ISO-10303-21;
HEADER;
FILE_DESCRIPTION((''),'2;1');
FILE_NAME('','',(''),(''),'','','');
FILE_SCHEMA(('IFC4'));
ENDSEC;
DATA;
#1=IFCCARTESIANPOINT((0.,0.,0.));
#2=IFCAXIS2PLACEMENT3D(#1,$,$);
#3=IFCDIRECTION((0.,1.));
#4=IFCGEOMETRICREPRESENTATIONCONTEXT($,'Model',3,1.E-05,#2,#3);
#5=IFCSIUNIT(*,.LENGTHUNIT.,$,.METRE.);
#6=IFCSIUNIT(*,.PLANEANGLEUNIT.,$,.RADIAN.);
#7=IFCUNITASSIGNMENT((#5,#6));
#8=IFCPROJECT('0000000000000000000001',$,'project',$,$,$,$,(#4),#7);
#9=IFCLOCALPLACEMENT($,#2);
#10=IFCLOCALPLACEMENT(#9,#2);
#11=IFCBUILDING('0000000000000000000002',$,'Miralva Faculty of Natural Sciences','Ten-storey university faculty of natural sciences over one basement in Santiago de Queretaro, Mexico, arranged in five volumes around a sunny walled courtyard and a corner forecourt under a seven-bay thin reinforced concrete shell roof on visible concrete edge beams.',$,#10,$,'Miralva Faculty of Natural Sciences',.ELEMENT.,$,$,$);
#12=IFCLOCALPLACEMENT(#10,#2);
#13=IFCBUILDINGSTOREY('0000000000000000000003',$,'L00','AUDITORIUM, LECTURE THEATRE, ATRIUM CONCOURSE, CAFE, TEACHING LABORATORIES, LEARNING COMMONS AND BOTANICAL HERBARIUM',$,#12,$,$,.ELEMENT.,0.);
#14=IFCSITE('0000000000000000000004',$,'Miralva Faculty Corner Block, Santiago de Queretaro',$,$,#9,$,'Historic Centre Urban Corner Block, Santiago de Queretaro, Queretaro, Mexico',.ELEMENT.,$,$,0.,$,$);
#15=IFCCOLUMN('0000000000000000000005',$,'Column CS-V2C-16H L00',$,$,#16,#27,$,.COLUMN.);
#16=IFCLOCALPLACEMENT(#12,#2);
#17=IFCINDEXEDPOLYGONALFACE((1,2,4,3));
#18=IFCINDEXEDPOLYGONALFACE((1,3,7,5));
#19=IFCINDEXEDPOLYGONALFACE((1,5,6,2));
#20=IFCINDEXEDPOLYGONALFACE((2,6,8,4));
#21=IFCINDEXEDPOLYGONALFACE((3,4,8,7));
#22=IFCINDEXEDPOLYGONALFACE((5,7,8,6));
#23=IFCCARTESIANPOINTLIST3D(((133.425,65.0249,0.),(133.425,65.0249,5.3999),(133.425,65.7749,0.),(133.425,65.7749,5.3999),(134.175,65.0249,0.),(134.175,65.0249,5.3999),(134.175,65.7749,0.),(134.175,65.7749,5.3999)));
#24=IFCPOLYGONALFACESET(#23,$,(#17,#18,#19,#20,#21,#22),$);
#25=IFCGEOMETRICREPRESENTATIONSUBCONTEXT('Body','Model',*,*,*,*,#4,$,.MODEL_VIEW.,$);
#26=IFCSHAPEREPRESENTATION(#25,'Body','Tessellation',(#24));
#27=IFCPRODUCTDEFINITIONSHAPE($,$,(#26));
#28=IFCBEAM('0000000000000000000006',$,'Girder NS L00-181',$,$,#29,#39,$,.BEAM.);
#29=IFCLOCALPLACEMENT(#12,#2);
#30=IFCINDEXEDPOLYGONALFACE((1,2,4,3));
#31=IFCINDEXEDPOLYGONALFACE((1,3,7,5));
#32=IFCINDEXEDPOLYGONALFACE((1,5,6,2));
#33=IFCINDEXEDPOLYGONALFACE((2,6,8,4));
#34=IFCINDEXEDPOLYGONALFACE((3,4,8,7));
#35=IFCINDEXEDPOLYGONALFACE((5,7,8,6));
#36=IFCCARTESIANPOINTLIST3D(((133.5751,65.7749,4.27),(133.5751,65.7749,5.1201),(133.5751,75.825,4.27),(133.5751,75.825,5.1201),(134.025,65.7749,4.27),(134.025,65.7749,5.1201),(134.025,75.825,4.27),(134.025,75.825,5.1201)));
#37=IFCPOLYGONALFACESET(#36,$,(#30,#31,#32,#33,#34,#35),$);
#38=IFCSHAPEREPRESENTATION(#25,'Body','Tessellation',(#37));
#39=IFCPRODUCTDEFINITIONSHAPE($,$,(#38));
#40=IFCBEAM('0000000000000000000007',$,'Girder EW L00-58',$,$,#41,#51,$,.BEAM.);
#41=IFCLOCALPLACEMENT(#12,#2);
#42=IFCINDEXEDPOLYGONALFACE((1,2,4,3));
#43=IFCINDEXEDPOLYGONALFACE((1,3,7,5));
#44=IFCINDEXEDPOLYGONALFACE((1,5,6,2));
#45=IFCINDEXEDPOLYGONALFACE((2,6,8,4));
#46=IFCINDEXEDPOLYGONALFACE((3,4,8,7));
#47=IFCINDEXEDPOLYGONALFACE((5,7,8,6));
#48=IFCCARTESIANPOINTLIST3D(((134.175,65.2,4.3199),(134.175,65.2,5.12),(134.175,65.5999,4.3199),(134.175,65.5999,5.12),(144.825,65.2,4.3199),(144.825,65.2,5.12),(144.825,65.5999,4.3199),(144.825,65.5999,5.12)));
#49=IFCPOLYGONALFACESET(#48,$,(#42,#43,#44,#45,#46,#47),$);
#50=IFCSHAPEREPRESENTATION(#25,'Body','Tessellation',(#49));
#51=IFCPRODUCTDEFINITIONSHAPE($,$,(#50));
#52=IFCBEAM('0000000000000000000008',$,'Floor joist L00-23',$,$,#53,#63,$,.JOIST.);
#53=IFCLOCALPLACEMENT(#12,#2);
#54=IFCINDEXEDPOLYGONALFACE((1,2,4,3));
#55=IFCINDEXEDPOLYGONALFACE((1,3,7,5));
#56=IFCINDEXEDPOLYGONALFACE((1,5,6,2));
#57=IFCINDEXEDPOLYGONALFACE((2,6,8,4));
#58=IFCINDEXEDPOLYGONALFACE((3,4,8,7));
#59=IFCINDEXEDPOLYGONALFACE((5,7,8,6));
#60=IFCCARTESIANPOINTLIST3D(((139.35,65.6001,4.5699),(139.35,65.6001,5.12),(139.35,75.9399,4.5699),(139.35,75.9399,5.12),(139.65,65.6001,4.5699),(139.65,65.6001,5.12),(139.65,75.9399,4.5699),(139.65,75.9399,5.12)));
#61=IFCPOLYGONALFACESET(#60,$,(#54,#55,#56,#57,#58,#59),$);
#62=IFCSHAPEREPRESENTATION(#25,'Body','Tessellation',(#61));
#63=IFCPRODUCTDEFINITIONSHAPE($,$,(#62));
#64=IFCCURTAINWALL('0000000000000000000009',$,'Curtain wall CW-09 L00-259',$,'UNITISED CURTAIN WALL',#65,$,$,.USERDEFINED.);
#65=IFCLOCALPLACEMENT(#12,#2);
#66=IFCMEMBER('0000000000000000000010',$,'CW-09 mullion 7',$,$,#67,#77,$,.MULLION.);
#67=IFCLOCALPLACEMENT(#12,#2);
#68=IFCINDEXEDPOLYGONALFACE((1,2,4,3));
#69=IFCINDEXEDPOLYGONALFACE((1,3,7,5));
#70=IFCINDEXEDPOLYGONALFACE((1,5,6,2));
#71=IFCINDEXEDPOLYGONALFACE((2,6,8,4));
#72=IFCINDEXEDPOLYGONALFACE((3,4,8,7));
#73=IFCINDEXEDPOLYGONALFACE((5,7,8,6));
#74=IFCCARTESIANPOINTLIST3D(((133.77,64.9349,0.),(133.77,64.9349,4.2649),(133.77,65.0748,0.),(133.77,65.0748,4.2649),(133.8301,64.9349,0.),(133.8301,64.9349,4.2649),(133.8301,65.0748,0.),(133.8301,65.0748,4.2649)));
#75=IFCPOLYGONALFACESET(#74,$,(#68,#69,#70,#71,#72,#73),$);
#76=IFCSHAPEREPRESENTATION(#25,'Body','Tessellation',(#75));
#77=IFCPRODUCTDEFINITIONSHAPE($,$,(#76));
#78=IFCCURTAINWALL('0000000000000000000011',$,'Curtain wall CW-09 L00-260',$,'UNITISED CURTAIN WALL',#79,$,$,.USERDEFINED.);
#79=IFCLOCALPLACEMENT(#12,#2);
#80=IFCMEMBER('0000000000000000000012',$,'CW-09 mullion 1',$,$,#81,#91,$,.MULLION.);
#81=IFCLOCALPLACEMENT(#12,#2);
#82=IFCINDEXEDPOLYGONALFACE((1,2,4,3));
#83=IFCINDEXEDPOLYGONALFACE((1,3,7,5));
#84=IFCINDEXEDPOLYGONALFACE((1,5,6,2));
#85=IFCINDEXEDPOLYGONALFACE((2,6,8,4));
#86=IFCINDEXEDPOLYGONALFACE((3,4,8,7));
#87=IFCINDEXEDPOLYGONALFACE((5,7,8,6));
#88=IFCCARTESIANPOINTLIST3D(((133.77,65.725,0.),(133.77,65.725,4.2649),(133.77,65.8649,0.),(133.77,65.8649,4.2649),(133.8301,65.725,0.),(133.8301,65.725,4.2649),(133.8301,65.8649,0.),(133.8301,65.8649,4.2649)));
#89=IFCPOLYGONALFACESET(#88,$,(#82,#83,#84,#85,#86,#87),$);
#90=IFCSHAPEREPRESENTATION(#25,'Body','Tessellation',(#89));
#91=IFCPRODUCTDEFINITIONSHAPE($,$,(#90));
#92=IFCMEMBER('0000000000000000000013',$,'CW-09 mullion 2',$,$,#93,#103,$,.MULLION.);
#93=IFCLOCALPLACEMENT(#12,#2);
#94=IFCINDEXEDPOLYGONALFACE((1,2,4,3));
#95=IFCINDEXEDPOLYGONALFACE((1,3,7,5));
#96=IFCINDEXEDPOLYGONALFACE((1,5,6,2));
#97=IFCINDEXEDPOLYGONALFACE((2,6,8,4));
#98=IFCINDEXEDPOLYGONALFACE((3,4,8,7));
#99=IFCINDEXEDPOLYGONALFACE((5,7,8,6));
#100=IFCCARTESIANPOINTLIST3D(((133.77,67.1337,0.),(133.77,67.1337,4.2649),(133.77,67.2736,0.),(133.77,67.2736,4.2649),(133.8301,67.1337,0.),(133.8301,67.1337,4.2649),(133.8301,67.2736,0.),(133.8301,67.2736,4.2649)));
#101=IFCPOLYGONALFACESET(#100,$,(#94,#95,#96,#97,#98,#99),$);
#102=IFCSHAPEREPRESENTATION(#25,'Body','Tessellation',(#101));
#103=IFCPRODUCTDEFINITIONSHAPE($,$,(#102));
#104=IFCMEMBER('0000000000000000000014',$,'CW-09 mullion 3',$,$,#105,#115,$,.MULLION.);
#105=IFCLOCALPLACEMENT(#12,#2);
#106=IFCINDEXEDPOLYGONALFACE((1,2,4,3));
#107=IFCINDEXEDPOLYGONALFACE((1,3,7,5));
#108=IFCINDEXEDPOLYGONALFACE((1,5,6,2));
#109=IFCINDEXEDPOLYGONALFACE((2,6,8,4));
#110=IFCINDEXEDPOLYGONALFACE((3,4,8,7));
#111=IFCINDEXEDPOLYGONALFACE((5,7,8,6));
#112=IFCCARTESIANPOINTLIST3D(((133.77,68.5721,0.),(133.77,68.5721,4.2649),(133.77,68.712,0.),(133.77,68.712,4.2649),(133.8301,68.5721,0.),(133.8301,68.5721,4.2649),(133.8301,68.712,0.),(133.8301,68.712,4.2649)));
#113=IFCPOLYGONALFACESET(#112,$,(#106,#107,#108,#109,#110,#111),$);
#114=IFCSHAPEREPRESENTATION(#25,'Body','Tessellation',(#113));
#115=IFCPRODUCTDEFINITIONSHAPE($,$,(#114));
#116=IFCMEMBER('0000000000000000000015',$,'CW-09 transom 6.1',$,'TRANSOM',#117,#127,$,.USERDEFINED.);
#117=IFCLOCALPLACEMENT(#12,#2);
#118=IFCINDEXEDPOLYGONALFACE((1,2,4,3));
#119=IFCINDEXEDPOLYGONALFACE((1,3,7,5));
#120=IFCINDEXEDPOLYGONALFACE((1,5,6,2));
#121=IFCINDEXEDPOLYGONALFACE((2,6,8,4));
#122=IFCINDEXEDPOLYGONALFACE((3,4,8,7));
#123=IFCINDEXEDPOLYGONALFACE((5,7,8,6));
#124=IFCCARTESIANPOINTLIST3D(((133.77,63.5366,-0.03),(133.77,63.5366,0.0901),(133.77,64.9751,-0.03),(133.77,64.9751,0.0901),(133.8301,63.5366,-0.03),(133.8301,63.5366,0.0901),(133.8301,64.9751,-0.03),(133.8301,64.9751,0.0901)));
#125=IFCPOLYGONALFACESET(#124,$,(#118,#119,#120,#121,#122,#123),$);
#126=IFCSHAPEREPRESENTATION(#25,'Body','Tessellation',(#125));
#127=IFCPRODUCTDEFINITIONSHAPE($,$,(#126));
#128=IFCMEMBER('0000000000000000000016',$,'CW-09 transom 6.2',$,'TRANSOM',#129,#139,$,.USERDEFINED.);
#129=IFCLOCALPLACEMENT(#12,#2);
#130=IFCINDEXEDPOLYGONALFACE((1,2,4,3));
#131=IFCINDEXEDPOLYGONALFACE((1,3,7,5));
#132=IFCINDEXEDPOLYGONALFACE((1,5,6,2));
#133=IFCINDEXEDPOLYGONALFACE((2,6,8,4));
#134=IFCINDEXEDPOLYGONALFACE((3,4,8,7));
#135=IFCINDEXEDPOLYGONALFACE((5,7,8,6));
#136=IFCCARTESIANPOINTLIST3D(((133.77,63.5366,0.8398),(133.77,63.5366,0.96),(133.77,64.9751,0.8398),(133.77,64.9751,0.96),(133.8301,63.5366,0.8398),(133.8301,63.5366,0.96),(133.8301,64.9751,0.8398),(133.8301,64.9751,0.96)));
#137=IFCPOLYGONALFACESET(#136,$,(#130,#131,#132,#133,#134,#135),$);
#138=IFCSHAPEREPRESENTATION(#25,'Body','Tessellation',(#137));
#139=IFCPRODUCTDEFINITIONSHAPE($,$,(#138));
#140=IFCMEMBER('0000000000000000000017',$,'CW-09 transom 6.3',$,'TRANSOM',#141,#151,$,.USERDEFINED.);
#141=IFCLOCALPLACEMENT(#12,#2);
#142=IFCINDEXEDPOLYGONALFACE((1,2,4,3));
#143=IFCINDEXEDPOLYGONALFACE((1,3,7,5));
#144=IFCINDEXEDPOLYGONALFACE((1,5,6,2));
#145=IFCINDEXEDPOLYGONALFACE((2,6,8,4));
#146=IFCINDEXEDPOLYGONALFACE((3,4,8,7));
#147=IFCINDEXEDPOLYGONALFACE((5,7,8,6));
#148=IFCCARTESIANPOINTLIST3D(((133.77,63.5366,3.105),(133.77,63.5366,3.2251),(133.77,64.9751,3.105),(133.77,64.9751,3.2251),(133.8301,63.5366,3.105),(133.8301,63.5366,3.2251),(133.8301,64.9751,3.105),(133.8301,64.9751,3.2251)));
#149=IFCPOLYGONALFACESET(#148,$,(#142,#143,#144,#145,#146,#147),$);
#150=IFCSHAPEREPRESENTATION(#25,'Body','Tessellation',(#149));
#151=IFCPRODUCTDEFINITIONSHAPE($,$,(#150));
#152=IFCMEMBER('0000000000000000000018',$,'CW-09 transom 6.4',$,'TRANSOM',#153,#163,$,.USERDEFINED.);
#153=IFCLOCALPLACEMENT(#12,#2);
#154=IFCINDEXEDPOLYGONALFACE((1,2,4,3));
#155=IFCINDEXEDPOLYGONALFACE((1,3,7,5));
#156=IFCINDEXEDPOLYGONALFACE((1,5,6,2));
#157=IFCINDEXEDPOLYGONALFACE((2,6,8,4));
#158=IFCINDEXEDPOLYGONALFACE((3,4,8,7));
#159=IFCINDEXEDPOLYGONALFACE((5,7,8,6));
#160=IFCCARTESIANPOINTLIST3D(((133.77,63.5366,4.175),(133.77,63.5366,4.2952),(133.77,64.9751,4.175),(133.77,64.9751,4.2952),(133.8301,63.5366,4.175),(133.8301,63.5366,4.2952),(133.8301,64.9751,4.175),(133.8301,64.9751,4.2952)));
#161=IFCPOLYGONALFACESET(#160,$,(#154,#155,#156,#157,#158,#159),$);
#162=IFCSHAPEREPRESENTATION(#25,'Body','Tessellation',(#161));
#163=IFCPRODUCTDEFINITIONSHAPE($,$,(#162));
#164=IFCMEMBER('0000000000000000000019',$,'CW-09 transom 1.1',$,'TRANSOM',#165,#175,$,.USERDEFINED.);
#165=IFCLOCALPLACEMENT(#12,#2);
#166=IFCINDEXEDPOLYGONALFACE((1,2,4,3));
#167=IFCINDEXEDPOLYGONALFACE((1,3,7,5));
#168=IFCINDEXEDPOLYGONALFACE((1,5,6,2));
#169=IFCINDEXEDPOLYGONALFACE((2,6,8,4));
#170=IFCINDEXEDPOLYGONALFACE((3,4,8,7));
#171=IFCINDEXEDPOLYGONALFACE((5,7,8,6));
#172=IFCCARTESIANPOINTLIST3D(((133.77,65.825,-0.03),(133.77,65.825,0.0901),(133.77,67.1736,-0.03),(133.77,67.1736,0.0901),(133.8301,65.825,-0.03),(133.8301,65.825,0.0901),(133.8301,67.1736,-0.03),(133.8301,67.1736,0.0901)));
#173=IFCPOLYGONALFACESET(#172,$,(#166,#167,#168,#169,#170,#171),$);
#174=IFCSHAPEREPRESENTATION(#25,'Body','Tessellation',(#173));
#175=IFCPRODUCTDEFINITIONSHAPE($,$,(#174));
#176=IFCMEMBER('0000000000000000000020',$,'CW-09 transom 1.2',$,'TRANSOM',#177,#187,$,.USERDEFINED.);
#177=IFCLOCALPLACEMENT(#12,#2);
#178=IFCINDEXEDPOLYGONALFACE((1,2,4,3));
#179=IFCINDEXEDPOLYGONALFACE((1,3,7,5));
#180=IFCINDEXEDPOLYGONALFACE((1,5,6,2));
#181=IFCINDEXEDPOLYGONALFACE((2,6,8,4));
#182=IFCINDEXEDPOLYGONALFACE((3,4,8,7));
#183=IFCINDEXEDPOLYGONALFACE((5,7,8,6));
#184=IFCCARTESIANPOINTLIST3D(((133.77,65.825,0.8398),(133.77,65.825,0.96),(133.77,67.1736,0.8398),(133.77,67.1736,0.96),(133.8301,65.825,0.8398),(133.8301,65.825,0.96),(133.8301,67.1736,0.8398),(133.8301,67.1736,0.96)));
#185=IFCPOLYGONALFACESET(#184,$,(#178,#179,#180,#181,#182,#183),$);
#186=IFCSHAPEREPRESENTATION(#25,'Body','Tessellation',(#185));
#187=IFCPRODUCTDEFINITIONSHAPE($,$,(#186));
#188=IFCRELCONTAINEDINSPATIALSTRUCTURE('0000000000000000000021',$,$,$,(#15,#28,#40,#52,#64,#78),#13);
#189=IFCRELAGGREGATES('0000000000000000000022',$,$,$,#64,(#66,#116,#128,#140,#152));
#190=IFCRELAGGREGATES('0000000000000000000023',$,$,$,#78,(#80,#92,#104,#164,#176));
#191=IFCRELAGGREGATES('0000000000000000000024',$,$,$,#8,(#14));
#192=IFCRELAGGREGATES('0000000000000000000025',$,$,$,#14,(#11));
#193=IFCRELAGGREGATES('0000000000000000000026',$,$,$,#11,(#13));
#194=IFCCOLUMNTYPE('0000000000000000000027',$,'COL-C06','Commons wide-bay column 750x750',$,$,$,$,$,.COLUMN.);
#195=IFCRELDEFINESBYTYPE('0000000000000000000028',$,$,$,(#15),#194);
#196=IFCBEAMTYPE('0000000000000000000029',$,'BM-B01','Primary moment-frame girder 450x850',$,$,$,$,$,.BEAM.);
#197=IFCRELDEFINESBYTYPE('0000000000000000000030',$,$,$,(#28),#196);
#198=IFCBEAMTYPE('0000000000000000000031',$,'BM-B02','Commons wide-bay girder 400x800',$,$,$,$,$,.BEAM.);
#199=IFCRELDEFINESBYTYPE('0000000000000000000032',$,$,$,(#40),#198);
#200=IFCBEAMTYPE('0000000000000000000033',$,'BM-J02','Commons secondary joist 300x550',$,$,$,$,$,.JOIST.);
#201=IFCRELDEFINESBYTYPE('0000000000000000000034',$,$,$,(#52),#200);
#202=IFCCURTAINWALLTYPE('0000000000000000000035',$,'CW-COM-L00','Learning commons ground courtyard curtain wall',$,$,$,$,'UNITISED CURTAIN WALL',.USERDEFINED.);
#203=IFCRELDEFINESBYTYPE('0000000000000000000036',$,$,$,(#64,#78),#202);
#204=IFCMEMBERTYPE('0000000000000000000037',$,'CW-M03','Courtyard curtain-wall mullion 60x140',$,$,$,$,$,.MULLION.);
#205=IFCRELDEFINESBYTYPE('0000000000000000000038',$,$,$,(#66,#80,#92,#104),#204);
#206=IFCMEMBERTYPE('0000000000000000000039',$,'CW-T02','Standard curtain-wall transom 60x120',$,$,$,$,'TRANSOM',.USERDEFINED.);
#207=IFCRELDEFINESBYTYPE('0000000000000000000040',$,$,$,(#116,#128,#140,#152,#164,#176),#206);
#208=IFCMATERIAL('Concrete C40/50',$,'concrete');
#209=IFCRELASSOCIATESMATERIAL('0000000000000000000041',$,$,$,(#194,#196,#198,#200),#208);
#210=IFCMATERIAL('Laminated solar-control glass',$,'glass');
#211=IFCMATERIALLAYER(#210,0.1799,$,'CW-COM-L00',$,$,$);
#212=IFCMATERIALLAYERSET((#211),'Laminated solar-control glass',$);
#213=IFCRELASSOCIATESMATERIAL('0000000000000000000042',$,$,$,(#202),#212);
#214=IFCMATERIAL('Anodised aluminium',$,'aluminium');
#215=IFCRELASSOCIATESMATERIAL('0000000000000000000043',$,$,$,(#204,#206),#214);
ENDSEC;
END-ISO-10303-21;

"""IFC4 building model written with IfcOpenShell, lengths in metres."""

from ifc_helpers import new_model, si_unit, direction, frame, origin, origin_2d, place, context, subcontext, project, spatial, rectangle, extrude, material, layer, layer_set, material_profile, profile_set, type_object, element, aggregate, save


model = new_model("IFC4")

# Units and contexts
model_context = context("Model", 3, precision=1e-05, world=origin(), true_north=direction((0.0, 1.0)))
body_context = subcontext(model_context, "Body", "Model", "MODEL_VIEW")
ifc_project = project(units=[si_unit("LENGTHUNIT", "METRE"), si_unit("PLANEANGLEUNIT", "RADIAN")], contexts=[model_context])

# Site, building, storey
site_placement = place(None, origin())
site = spatial("IfcSite", under=ifc_project, at=site_placement, Name="Miralva Faculty Corner Block, Santiago de Queretaro", LongName="Historic Centre Urban Corner Block, Santiago de Queretaro, Queretaro, Mexico", CompositionType="ELEMENT", RefElevation=0.0)
building_placement = place(site_placement, origin())
building = spatial("IfcBuilding", under=site, at=building_placement, Name="Miralva Faculty of Natural Sciences", Description="Ten-storey university faculty of natural sciences over one basement in Santiago de Queretaro, Mexico, arranged in five volumes around a sunny walled courtyard and a corner forecourt under a seven-bay thin reinforced concrete shell roof on visible concrete edge beams.", LongName="Miralva Faculty of Natural Sciences", CompositionType="ELEMENT")
storey_placement = place(building_placement, origin())
storey = spatial("IfcBuildingStorey", under=building, at=storey_placement, Name="L00", Description="AUDITORIUM, LECTURE THEATRE, ATRIUM CONCOURSE, CAFE, TEACHING LABORATORIES, LEARNING COMMONS AND BOTANICAL HERBARIUM", CompositionType="ELEMENT", Elevation=0.0)

# Column
ifc_material_1 = material(Name="Concrete C40/50", Category="concrete")
ifc_material_profile_1 = material_profile(ifc_material_1, rectangle(XDim=0.75, YDim=0.75, at=origin_2d()), Name="RC 750x750")
ifc_profile_set_1 = profile_set([ifc_material_profile_1], Name="Concrete C40/50")
column_type = type_object("IfcColumnType", Name="COL-C06", Description="Commons wide-bay column 750x750", PredefinedType="COLUMN", material=ifc_profile_set_1)
column_placement = place(storey_placement, frame((133.8, 65.3999, 0.0), z_axis=(0.0, 0.0, 1.0), x_axis=(1.0, 0.0, 0.0)))
element("IfcColumn", 1, at=column_placement, inside=storey, type_object=column_type, Name="Column CS-V2C-16H L00", PredefinedType="COLUMN", context=body_context, shape_type="SweptSolid", body=[
    extrude(rectangle(XDim=0.75, YDim=0.75, at=origin_2d()), origin(), (0.0, 0.0, 1.0), 5.3999),
])

# Beams
ifc_material_profile_2 = material_profile(ifc_material_1, rectangle(XDim=0.45, YDim=0.8501, at=origin_2d()), Name="RC 450x850")
ifc_profile_set_2 = profile_set([ifc_material_profile_2], Name="Concrete C40/50")
beam_type_1 = type_object("IfcBeamType", Name="BM-B01", Description="Primary moment-frame girder 450x850", PredefinedType="BEAM", material=ifc_profile_set_2)
beam_1_placement = place(storey_placement, frame((133.8, 65.7749, 4.6951), z_axis=(0.0, 1.0, 0.0), x_axis=(-1.0, 0.0, 0.0)))
element("IfcBeam", 2, at=beam_1_placement, inside=storey, type_object=beam_type_1, Name="Girder NS L00-181", PredefinedType="BEAM", context=body_context, shape_type="SweptSolid", body=[
    extrude(rectangle(XDim=0.45, YDim=0.8501, at=origin_2d()), origin(), (0.0, 0.0, 1.0), 10.05),
])
ifc_material_profile_3 = material_profile(ifc_material_1, rectangle(XDim=0.3999, YDim=0.8, at=origin_2d()), Name="RC 400x800")
ifc_profile_set_3 = profile_set([ifc_material_profile_3], Name="Concrete C40/50")
beam_type_2 = type_object("IfcBeamType", Name="BM-B02", Description="Commons wide-bay girder 400x800", PredefinedType="BEAM", material=ifc_profile_set_3)
beam_2_placement = place(storey_placement, frame((134.175, 65.3999, 4.72), z_axis=(1.0, 0.0, 0.0), x_axis=(0.0, 1.0, 0.0)))
element("IfcBeam", 3, at=beam_2_placement, inside=storey, type_object=beam_type_2, Name="Girder EW L00-58", PredefinedType="BEAM", context=body_context, shape_type="SweptSolid", body=[
    extrude(rectangle(XDim=0.3999, YDim=0.8, at=origin_2d()), origin(), (0.0, 0.0, 1.0), 10.6499),
])
ifc_material_profile_4 = material_profile(ifc_material_1, rectangle(XDim=0.3, YDim=0.55, at=origin_2d()), Name="RC 300x550")
ifc_profile_set_4 = profile_set([ifc_material_profile_4], Name="Concrete C40/50")
beam_type_3 = type_object("IfcBeamType", Name="BM-J02", Description="Commons secondary joist 300x550", PredefinedType="JOIST", material=ifc_profile_set_4)
beam_3_placement = place(storey_placement, frame((139.5, 65.6001, 4.845), z_axis=(0.0, 1.0, 0.0), x_axis=(-1.0, 0.0, 0.0)))
element("IfcBeam", 4, at=beam_3_placement, inside=storey, type_object=beam_type_3, Name="Floor joist L00-23", PredefinedType="JOIST", context=body_context, shape_type="SweptSolid", body=[
    extrude(rectangle(XDim=0.3, YDim=0.55, at=origin_2d()), origin(), (0.0, 0.0, 1.0), 10.3398),
])

# Curtain wall, member
ifc_material_2 = material(Name="Laminated solar-control glass", Category="glass")
ifc_layer_1 = layer(ifc_material_2, 0.1799, Name="CW-COM-L00")
ifc_layer_set_1 = layer_set([ifc_layer_1], Name="Laminated solar-control glass")
curtain_wall_type = type_object("IfcCurtainWallType", Name="CW-COM-L00", Description="Learning commons ground courtyard curtain wall", ElementType="UNITISED CURTAIN WALL", PredefinedType="USERDEFINED", material=ifc_layer_set_1)
curtain_wall_1_placement = place(storey_placement, origin())
curtain_wall_1 = element("IfcCurtainWall", 5, at=curtain_wall_1_placement, inside=storey, type_object=curtain_wall_type, Name="Curtain wall CW-09 L00-259", ObjectType="UNITISED CURTAIN WALL", PredefinedType="USERDEFINED")
ifc_material_3 = material(Name="Anodised aluminium", Category="aluminium")
ifc_material_profile_5 = material_profile(ifc_material_3, rectangle(XDim=0.0601, YDim=0.1399, at=origin_2d()), Name="MULLION 60x140")
ifc_profile_set_5 = profile_set([ifc_material_profile_5], Name="Anodised aluminium")
member_type_1 = type_object("IfcMemberType", Name="CW-M03", Description="Courtyard curtain-wall mullion 60x140", PredefinedType="MULLION", material=ifc_profile_set_5)
member_1_placement = place(storey_placement, frame((133.8, 65.0049, 0.0), z_axis=(0.0, 0.0, 1.0), x_axis=(-1.0, 0.0, 0.0)))
member_1 = element("IfcMember", 6, at=member_1_placement, type_object=member_type_1, Name="CW-09 mullion 7", PredefinedType="MULLION", context=body_context, shape_type="SweptSolid", body=[
    extrude(rectangle(XDim=0.0601, YDim=0.1399, at=origin_2d()), origin(), (0.0, 0.0, 1.0), 4.2649),
])

# Curtain wall, members
curtain_wall_2_placement = place(storey_placement, origin())
curtain_wall_2 = element("IfcCurtainWall", 7, at=curtain_wall_2_placement, inside=storey, type_object=curtain_wall_type, Name="Curtain wall CW-09 L00-260", ObjectType="UNITISED CURTAIN WALL", PredefinedType="USERDEFINED")
member_2_placement = place(storey_placement, frame((133.8, 65.7949, 0.0), z_axis=(0.0, 0.0, 1.0), x_axis=(-1.0, 0.0, 0.0)))
member_2 = element("IfcMember", 8, at=member_2_placement, type_object=member_type_1, Name="CW-09 mullion 1", PredefinedType="MULLION", context=body_context, shape_type="SweptSolid", body=[
    extrude(rectangle(XDim=0.0601, YDim=0.1399, at=origin_2d()), origin(), (0.0, 0.0, 1.0), 4.2649),
])
member_3_placement = place(storey_placement, frame((133.8, 67.2036, 0.0), z_axis=(0.0, 0.0, 1.0), x_axis=(-1.0, 0.0, 0.0)))
member_3 = element("IfcMember", 9, at=member_3_placement, type_object=member_type_1, Name="CW-09 mullion 2", PredefinedType="MULLION", context=body_context, shape_type="SweptSolid", body=[
    extrude(rectangle(XDim=0.0601, YDim=0.1399, at=origin_2d()), origin(), (0.0, 0.0, 1.0), 4.2649),
])
member_4_placement = place(storey_placement, frame((133.8, 68.6421, 0.0), z_axis=(0.0, 0.0, 1.0), x_axis=(-1.0, 0.0, 0.0)))
member_4 = element("IfcMember", 10, at=member_4_placement, type_object=member_type_1, Name="CW-09 mullion 3", PredefinedType="MULLION", context=body_context, shape_type="SweptSolid", body=[
    extrude(rectangle(XDim=0.0601, YDim=0.1399, at=origin_2d()), origin(), (0.0, 0.0, 1.0), 4.2649),
])

# Members
ifc_material_profile_6 = material_profile(ifc_material_3, rectangle(XDim=0.0601, YDim=0.1201, at=origin_2d()), Name="TRANSOM 60x120")
ifc_profile_set_6 = profile_set([ifc_material_profile_6], Name="Anodised aluminium")
member_type_2 = type_object("IfcMemberType", Name="CW-T02", Description="Standard curtain-wall transom 60x120", ElementType="TRANSOM", PredefinedType="USERDEFINED", material=ifc_profile_set_6)
member_5_placement = place(storey_placement, frame((133.8, 63.5366, 0.03), z_axis=(0.0, 1.0, 0.0), x_axis=(-1.0, 0.0, 0.0)))
member_5 = element("IfcMember", 11, at=member_5_placement, type_object=member_type_2, Name="CW-09 transom 6.1", ObjectType="TRANSOM", PredefinedType="USERDEFINED", context=body_context, shape_type="SweptSolid", body=[
    extrude(rectangle(XDim=0.0601, YDim=0.1201, at=origin_2d()), origin(), (0.0, 0.0, 1.0), 1.4385),
])
member_6_placement = place(storey_placement, frame((133.8, 63.5366, 0.8999), z_axis=(0.0, 1.0, 0.0), x_axis=(-1.0, 0.0, 0.0)))
member_6 = element("IfcMember", 12, at=member_6_placement, type_object=member_type_2, Name="CW-09 transom 6.2", ObjectType="TRANSOM", PredefinedType="USERDEFINED", context=body_context, shape_type="SweptSolid", body=[
    extrude(rectangle(XDim=0.0601, YDim=0.1201, at=origin_2d()), origin(), (0.0, 0.0, 1.0), 1.4385),
])
member_7_placement = place(storey_placement, frame((133.8, 63.5366, 3.165), z_axis=(0.0, 1.0, 0.0), x_axis=(-1.0, 0.0, 0.0)))
member_7 = element("IfcMember", 13, at=member_7_placement, type_object=member_type_2, Name="CW-09 transom 6.3", ObjectType="TRANSOM", PredefinedType="USERDEFINED", context=body_context, shape_type="SweptSolid", body=[
    extrude(rectangle(XDim=0.0601, YDim=0.1201, at=origin_2d()), origin(), (0.0, 0.0, 1.0), 1.4385),
])
member_8_placement = place(storey_placement, frame((133.8, 63.5366, 4.2351), z_axis=(0.0, 1.0, 0.0), x_axis=(-1.0, 0.0, 0.0)))
member_8 = element("IfcMember", 14, at=member_8_placement, type_object=member_type_2, Name="CW-09 transom 6.4", ObjectType="TRANSOM", PredefinedType="USERDEFINED", context=body_context, shape_type="SweptSolid", body=[
    extrude(rectangle(XDim=0.0601, YDim=0.1201, at=origin_2d()), origin(), (0.0, 0.0, 1.0), 1.4385),
])
member_9_placement = place(storey_placement, frame((133.8, 65.825, 0.03), z_axis=(0.0, 1.0, 0.0), x_axis=(-1.0, 0.0, 0.0)))
member_9 = element("IfcMember", 15, at=member_9_placement, type_object=member_type_2, Name="CW-09 transom 1.1", ObjectType="TRANSOM", PredefinedType="USERDEFINED", context=body_context, shape_type="SweptSolid", body=[
    extrude(rectangle(XDim=0.0601, YDim=0.1201, at=origin_2d()), origin(), (0.0, 0.0, 1.0), 1.3486),
])
member_10_placement = place(storey_placement, frame((133.8, 65.825, 0.8999), z_axis=(0.0, 1.0, 0.0), x_axis=(-1.0, 0.0, 0.0)))
member_10 = element("IfcMember", 16, at=member_10_placement, type_object=member_type_2, Name="CW-09 transom 1.2", ObjectType="TRANSOM", PredefinedType="USERDEFINED", context=body_context, shape_type="SweptSolid", body=[
    extrude(rectangle(XDim=0.0601, YDim=0.1201, at=origin_2d()), origin(), (0.0, 0.0, 1.0), 1.3486),
])

aggregate(curtain_wall_1, [member_1, member_5, member_6, member_7, member_8])
aggregate(curtain_wall_2, [member_2, member_3, member_4, member_9, member_10])

save(model, "model.ifc")
